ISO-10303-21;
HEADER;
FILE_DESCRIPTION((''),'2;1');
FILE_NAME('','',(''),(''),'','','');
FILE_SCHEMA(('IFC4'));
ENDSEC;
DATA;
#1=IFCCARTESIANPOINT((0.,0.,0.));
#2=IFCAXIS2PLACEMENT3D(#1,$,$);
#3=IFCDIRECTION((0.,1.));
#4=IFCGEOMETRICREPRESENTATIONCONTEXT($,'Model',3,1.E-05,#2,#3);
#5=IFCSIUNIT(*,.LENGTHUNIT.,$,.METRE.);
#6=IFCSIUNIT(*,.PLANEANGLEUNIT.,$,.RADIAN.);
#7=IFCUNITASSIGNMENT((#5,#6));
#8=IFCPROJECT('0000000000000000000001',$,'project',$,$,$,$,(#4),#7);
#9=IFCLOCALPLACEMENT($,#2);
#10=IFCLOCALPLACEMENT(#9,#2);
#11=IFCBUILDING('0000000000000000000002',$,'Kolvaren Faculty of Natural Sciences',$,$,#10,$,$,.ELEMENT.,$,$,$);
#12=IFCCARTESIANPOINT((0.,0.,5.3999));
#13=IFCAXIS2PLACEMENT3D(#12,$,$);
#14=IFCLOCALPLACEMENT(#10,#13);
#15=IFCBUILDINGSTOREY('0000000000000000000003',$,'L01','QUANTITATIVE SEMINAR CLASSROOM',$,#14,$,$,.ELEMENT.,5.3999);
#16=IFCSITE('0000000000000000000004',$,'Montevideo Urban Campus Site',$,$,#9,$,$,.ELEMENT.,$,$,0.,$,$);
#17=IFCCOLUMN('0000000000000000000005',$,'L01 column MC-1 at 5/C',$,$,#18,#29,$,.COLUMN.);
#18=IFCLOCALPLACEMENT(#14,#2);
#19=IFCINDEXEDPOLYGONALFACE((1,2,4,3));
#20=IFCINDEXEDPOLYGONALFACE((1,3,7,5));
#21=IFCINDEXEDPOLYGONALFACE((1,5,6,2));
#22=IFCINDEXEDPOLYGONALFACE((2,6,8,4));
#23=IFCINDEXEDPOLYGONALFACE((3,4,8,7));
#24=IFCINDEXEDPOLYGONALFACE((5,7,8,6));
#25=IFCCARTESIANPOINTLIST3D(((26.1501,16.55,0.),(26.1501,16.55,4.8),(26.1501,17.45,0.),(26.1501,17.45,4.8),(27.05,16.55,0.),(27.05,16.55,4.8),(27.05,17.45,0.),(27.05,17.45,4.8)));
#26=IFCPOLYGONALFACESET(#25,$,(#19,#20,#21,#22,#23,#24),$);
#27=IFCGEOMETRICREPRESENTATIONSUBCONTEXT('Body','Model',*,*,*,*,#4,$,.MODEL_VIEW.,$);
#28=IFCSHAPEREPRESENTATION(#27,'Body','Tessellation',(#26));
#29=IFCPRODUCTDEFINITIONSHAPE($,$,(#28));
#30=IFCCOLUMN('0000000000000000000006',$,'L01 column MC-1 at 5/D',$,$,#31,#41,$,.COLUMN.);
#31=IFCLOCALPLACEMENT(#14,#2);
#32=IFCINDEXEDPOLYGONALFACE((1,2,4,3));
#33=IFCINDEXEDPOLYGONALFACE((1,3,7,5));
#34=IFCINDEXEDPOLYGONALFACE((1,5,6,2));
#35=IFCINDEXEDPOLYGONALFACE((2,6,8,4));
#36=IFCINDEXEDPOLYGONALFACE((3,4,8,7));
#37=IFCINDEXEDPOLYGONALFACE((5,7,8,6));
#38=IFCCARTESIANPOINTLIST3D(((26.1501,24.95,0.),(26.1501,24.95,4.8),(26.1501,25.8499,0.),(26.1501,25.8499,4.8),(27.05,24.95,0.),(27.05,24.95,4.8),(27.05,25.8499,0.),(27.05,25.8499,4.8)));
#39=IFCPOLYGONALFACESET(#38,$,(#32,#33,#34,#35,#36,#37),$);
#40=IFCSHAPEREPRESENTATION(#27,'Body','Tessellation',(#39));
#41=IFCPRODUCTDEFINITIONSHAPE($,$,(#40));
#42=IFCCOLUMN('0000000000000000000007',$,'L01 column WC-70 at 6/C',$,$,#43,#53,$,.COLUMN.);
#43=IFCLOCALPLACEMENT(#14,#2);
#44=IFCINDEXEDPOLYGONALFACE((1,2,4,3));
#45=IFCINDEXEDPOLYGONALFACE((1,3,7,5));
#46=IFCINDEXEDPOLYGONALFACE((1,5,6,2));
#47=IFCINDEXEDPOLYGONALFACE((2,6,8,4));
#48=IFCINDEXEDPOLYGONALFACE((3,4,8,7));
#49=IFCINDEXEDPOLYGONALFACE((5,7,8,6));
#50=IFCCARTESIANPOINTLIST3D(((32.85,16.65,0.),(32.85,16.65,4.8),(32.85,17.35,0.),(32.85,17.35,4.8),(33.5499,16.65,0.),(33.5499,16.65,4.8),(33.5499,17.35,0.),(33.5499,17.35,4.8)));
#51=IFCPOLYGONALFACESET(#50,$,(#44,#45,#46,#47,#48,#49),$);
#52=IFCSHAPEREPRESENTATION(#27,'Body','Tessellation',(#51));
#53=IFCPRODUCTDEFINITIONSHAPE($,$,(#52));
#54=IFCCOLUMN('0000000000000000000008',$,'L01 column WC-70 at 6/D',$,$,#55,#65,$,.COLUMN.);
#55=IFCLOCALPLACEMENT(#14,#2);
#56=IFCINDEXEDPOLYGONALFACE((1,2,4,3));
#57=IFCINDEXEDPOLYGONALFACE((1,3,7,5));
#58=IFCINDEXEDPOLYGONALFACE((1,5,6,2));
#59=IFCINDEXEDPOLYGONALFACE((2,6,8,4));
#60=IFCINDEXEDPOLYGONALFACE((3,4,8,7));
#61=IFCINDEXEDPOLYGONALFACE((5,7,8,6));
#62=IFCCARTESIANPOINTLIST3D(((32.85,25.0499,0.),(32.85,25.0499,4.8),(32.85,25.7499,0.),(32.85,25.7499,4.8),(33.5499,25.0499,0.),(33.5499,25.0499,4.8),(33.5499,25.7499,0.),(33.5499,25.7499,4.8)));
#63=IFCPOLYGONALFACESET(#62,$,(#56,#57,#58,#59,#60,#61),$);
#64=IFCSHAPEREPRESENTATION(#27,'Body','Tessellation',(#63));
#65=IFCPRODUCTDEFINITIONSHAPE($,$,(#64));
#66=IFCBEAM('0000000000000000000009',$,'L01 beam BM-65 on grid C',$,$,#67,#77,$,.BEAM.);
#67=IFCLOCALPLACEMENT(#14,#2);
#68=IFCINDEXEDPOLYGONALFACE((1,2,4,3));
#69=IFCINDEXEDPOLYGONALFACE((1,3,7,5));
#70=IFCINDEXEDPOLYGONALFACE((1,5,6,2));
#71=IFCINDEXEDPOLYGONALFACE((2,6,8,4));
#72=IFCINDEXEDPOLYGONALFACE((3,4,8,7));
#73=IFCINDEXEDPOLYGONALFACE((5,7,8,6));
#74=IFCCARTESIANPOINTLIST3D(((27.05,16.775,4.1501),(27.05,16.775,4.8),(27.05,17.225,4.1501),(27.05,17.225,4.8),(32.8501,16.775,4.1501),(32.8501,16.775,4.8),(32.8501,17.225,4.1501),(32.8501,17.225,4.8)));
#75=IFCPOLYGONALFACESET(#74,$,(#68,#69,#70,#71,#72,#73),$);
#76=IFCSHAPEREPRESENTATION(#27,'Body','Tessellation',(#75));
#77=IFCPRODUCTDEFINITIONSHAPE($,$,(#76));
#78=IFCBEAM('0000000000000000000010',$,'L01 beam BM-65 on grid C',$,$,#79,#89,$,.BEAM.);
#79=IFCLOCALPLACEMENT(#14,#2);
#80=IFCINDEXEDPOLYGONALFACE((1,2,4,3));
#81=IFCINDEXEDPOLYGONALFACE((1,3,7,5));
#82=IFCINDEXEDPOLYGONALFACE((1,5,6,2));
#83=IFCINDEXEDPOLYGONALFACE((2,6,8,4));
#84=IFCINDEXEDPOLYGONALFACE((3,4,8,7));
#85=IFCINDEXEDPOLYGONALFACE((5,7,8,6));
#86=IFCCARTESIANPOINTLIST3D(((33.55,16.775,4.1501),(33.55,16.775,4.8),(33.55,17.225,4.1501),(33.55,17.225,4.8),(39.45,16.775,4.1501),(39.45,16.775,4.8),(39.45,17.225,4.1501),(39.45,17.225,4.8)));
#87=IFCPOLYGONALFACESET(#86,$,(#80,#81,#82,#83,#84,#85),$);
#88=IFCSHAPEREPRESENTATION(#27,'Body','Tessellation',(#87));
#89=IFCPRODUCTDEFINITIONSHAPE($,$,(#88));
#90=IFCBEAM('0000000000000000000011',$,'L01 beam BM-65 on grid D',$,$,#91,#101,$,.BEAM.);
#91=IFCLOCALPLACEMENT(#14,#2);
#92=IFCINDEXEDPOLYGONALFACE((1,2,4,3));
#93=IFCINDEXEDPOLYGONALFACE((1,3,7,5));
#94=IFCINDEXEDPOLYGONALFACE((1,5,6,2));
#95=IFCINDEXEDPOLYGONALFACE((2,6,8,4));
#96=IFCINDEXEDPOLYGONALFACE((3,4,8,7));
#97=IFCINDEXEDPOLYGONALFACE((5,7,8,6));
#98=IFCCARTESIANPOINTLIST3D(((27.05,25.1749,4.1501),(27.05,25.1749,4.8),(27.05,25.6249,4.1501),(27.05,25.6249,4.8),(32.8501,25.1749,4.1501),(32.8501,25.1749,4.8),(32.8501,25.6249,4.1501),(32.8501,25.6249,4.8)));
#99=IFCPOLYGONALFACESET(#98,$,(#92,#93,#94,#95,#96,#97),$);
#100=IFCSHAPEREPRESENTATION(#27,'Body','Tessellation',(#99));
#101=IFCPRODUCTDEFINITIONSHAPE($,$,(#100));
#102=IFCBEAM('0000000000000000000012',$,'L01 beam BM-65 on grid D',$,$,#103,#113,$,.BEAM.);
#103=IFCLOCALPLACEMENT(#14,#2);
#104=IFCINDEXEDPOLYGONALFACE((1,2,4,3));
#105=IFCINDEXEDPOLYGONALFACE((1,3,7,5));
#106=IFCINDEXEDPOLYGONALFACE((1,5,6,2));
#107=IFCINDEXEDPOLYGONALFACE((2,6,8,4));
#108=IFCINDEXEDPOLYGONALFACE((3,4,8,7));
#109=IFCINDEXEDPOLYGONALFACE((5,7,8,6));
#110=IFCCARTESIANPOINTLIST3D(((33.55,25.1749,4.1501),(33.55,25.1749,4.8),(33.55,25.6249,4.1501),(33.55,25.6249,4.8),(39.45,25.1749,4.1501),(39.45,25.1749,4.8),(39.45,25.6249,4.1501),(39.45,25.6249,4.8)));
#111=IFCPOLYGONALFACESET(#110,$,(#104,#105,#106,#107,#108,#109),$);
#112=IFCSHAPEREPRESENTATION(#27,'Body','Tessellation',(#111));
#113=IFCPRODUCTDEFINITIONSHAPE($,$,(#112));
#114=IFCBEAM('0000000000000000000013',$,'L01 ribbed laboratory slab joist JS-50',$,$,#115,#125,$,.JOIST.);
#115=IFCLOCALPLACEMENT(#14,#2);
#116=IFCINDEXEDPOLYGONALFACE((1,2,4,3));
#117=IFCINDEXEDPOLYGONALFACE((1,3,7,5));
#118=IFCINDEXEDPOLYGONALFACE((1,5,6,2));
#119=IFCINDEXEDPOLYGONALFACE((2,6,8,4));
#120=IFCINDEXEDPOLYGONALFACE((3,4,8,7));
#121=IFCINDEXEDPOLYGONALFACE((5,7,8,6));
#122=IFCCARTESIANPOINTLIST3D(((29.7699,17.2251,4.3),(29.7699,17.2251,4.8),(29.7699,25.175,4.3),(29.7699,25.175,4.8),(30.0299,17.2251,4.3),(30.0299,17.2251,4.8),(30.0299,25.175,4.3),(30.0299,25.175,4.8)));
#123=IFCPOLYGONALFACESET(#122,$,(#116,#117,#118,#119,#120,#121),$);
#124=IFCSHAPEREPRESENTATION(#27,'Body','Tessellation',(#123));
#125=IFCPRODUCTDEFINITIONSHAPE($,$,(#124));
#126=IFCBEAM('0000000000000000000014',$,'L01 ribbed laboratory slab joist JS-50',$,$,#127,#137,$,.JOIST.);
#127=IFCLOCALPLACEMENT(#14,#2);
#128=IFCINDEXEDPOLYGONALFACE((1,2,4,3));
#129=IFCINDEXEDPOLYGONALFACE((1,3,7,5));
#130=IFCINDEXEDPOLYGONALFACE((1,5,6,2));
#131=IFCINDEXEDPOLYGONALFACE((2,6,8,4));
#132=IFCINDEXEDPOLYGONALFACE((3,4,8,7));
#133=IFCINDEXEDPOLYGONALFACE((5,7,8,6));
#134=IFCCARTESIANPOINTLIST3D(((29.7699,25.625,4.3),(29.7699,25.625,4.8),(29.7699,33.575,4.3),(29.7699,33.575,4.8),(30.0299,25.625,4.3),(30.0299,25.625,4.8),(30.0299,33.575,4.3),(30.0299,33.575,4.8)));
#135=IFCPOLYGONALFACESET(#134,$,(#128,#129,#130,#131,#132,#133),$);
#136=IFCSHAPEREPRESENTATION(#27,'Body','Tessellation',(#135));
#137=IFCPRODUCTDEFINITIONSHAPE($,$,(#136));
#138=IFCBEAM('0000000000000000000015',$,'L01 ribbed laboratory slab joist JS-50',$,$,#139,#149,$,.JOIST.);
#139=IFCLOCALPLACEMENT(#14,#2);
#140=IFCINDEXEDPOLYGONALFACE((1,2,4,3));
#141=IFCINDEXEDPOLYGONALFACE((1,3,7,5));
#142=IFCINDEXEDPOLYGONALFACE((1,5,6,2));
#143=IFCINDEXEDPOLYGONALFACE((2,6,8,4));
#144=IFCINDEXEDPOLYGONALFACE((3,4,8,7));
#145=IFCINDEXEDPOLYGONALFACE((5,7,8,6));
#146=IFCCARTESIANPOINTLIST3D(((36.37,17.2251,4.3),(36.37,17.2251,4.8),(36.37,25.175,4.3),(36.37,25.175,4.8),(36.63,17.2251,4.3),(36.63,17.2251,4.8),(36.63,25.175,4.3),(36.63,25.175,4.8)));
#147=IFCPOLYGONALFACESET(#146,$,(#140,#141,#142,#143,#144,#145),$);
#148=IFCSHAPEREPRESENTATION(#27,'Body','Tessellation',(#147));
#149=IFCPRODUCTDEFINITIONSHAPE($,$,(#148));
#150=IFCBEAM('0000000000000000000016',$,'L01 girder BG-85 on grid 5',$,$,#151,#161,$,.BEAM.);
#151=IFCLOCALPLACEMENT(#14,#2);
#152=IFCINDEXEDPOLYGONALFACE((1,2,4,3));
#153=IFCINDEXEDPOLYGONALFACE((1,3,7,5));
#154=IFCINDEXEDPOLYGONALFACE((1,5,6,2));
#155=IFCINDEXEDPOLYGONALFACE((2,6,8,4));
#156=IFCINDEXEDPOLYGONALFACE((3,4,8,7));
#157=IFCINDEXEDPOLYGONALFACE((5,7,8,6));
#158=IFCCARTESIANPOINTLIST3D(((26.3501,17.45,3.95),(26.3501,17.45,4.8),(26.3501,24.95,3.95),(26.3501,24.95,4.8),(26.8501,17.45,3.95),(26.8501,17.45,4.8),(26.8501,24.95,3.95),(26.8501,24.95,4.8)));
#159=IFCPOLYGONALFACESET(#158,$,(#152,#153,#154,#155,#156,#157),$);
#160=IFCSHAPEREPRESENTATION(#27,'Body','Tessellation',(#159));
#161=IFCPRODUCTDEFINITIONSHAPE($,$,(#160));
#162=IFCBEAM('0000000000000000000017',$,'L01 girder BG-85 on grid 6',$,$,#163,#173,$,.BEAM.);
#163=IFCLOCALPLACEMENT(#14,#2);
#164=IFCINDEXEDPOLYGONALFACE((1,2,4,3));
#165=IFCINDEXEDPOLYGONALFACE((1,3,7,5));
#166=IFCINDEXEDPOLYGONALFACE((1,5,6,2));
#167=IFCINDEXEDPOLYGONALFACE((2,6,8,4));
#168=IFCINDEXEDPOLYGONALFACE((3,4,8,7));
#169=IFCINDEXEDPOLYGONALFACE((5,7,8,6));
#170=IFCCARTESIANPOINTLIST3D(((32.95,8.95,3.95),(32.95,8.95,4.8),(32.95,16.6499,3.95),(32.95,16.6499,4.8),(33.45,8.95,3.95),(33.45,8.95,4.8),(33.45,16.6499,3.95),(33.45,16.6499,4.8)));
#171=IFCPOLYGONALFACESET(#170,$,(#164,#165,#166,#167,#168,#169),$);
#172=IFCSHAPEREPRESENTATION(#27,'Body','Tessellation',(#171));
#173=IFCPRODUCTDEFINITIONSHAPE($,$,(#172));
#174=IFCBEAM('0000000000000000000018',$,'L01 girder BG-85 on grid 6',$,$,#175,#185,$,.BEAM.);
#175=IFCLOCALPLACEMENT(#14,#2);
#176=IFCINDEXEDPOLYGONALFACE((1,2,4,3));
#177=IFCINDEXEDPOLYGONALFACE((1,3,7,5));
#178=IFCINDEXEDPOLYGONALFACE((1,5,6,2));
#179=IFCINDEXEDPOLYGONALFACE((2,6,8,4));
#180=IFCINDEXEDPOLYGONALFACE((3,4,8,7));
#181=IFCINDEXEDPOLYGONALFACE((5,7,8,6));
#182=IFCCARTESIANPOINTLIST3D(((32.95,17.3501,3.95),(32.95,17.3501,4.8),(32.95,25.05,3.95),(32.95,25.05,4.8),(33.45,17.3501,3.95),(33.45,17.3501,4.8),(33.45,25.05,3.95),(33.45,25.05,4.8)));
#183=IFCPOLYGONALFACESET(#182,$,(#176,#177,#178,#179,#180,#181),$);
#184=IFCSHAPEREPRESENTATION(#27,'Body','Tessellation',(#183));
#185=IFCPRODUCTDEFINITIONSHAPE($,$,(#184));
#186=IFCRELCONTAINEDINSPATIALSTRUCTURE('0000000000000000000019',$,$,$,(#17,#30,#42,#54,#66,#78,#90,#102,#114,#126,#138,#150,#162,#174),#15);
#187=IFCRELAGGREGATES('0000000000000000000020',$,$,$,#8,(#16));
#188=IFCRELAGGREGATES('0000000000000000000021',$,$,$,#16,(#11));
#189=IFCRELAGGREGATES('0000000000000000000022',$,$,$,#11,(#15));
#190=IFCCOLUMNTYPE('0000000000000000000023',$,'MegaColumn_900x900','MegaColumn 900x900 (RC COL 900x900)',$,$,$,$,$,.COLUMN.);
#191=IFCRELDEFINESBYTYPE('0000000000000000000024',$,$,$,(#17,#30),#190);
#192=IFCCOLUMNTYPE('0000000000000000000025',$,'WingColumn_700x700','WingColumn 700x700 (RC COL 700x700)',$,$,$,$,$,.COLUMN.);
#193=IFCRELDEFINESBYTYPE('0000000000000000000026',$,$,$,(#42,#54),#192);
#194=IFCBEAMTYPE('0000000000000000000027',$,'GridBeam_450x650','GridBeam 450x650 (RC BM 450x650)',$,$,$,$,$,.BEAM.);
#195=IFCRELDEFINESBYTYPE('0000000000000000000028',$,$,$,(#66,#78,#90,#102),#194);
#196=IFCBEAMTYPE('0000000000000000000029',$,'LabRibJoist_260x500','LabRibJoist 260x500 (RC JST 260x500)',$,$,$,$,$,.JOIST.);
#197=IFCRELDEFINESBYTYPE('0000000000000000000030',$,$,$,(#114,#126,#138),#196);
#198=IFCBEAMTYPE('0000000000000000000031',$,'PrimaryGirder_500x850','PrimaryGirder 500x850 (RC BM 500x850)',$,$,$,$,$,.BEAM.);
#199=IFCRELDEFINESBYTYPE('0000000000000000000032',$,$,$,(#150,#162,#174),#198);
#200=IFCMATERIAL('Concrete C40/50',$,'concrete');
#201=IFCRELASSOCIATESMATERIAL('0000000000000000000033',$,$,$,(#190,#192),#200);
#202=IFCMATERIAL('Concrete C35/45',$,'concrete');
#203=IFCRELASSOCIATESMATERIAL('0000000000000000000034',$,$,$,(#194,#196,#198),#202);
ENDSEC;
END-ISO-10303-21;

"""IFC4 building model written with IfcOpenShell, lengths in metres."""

from ifc_helpers import new_model, si_unit, direction, frame, origin, origin_2d, place, context, subcontext, project, spatial, rectangle, extrude, material, material_profile, profile_set, type_object, element, save


model = new_model("IFC4")

# Units and contexts
model_context = context("Model", 3, precision=1e-05, world=origin(), true_north=direction((0.0, 1.0)))
body_context = subcontext(model_context, "Body", "Model", "MODEL_VIEW")
ifc_project = project(units=[si_unit("LENGTHUNIT", "METRE"), si_unit("PLANEANGLEUNIT", "RADIAN")], contexts=[model_context])

# Site, building, storey
site_placement = place(None, origin())
site = spatial("IfcSite", under=ifc_project, at=site_placement, Name="Montevideo Urban Campus Site", CompositionType="ELEMENT", RefElevation=0.0)
building_placement = place(site_placement, origin())
building = spatial("IfcBuilding", under=site, at=building_placement, Name="Kolvaren Faculty of Natural Sciences", CompositionType="ELEMENT")
storey_placement = place(building_placement, frame((0.0, 0.0, 5.3999)))
storey = spatial("IfcBuildingStorey", under=building, at=storey_placement, Name="L01", Description="QUANTITATIVE SEMINAR CLASSROOM", CompositionType="ELEMENT", Elevation=5.3999)

# Columns
ifc_material_1 = material(Name="Concrete C40/50", Category="concrete")
ifc_material_profile_1 = material_profile(ifc_material_1, rectangle(XDim=0.8999, YDim=0.8999, at=origin_2d()), Name="RC COL 900x900")
ifc_profile_set_1 = profile_set([ifc_material_profile_1], Name="Concrete C40/50")
column_type_1 = type_object("IfcColumnType", Name="MegaColumn_900x900", Description="MegaColumn 900x900 (RC COL 900x900)", PredefinedType="COLUMN", material=ifc_profile_set_1)
for number, where, z_axis, x_axis, name in (
    (1, (26.6001, 17.0, 0.0), (0.0, 0.0, 1.0), (1.0, 0.0, 0.0), "L01 column MC-1 at 5/C"),
    (2, (26.6001, 25.3999, 0.0), (0.0, 0.0, 1.0), (1.0, 0.0, 0.0), "L01 column MC-1 at 5/D"),
):
    element("IfcColumn", number, at=place(storey_placement, frame(where, z_axis=z_axis, x_axis=x_axis)), inside=storey, type_object=column_type_1, Name=name, PredefinedType="COLUMN", context=body_context, shape_type="SweptSolid", body=[
        extrude(rectangle(XDim=0.8999, YDim=0.8999, at=origin_2d()), origin(), (0.0, 0.0, 1.0), 4.8),
    ])
ifc_material_profile_2 = material_profile(ifc_material_1, rectangle(XDim=0.7, YDim=0.7, at=origin_2d()), Name="RC COL 700x700")
ifc_profile_set_2 = profile_set([ifc_material_profile_2], Name="Concrete C40/50")
column_type_2 = type_object("IfcColumnType", Name="WingColumn_700x700", Description="WingColumn 700x700 (RC COL 700x700)", PredefinedType="COLUMN", material=ifc_profile_set_2)
for number, where, z_axis, x_axis, name in (
    (3, (33.2, 17.0, 0.0), (0.0, 0.0, 1.0), (1.0, 0.0, 0.0), "L01 column WC-70 at 6/C"),
    (4, (33.2, 25.3999, 0.0), (0.0, 0.0, 1.0), (1.0, 0.0, 0.0), "L01 column WC-70 at 6/D"),
):
    element("IfcColumn", number, at=place(storey_placement, frame(where, z_axis=z_axis, x_axis=x_axis)), inside=storey, type_object=column_type_2, Name=name, PredefinedType="COLUMN", context=body_context, shape_type="SweptSolid", body=[
        extrude(rectangle(XDim=0.7, YDim=0.7, at=origin_2d()), origin(), (0.0, 0.0, 1.0), 4.8),
    ])

# Beams
ifc_material_2 = material(Name="Concrete C35/45", Category="concrete")
ifc_material_profile_3 = material_profile(ifc_material_2, rectangle(XDim=0.45, YDim=0.6499, at=origin_2d()), Name="RC BM 450x650")
ifc_profile_set_3 = profile_set([ifc_material_profile_3], Name="Concrete C35/45")
beam_type_1 = type_object("IfcBeamType", Name="GridBeam_450x650", Description="GridBeam 450x650 (RC BM 450x650)", PredefinedType="BEAM", material=ifc_profile_set_3)
beam_1_placement = place(storey_placement, frame((27.05, 17.0, 4.4751), z_axis=(1.0, 0.0, 0.0), x_axis=(0.0, 1.0, 0.0)))
element("IfcBeam", 5, at=beam_1_placement, inside=storey, type_object=beam_type_1, Name="L01 beam BM-65 on grid C", PredefinedType="BEAM", context=body_context, shape_type="SweptSolid", body=[
    extrude(rectangle(XDim=0.45, YDim=0.6499, at=origin_2d()), origin(), (0.0, 0.0, 1.0), 5.8),
])
beam_2_placement = place(storey_placement, frame((33.55, 17.0, 4.4751), z_axis=(1.0, 0.0, 0.0), x_axis=(0.0, 1.0, 0.0)))
element("IfcBeam", 6, at=beam_2_placement, inside=storey, type_object=beam_type_1, Name="L01 beam BM-65 on grid C", PredefinedType="BEAM", context=body_context, shape_type="SweptSolid", body=[
    extrude(rectangle(XDim=0.45, YDim=0.6499, at=origin_2d()), origin(), (0.0, 0.0, 1.0), 5.8999),
])
beam_3_placement = place(storey_placement, frame((27.05, 25.3999, 4.4751), z_axis=(1.0, 0.0, 0.0), x_axis=(0.0, 1.0, 0.0)))
element("IfcBeam", 7, at=beam_3_placement, inside=storey, type_object=beam_type_1, Name="L01 beam BM-65 on grid D", PredefinedType="BEAM", context=body_context, shape_type="SweptSolid", body=[
    extrude(rectangle(XDim=0.45, YDim=0.6499, at=origin_2d()), origin(), (0.0, 0.0, 1.0), 5.8),
])
beam_4_placement = place(storey_placement, frame((33.55, 25.3999, 4.4751), z_axis=(1.0, 0.0, 0.0), x_axis=(0.0, 1.0, 0.0)))
element("IfcBeam", 8, at=beam_4_placement, inside=storey, type_object=beam_type_1, Name="L01 beam BM-65 on grid D", PredefinedType="BEAM", context=body_context, shape_type="SweptSolid", body=[
    extrude(rectangle(XDim=0.45, YDim=0.6499, at=origin_2d()), origin(), (0.0, 0.0, 1.0), 5.8999),
])
ifc_material_profile_4 = material_profile(ifc_material_2, rectangle(XDim=0.26, YDim=0.5, at=origin_2d()), Name="RC JST 260x500")
ifc_profile_set_4 = profile_set([ifc_material_profile_4], Name="Concrete C35/45")
beam_type_2 = type_object("IfcBeamType", Name="LabRibJoist_260x500", Description="LabRibJoist 260x500 (RC JST 260x500)", PredefinedType="JOIST", material=ifc_profile_set_4)
for number, where, z_axis, x_axis, name in (
    (9, (29.8999, 17.2251, 4.55), (0.0, 1.0, 0.0), (-1.0, 0.0, 0.0), "L01 ribbed laboratory slab joist JS-50"),
    (10, (29.8999, 25.625, 4.55), (0.0, 1.0, 0.0), (-1.0, 0.0, 0.0), "L01 ribbed laboratory slab joist JS-50"),
    (11, (36.5, 17.2251, 4.55), (0.0, 1.0, 0.0), (-1.0, 0.0, 0.0), "L01 ribbed laboratory slab joist JS-50"),
):
    element("IfcBeam", number, at=place(storey_placement, frame(where, z_axis=z_axis, x_axis=x_axis)), inside=storey, type_object=beam_type_2, Name=name, PredefinedType="JOIST", context=body_context, shape_type="SweptSolid", body=[
        extrude(rectangle(XDim=0.26, YDim=0.5, at=origin_2d()), origin(), (0.0, 0.0, 1.0), 7.95),
    ])
ifc_material_profile_5 = material_profile(ifc_material_2, rectangle(XDim=0.5, YDim=0.8501, at=origin_2d()), Name="RC BM 500x850")
ifc_profile_set_5 = profile_set([ifc_material_profile_5], Name="Concrete C35/45")
beam_type_3 = type_object("IfcBeamType", Name="PrimaryGirder_500x850", Description="PrimaryGirder 500x850 (RC BM 500x850)", PredefinedType="BEAM", material=ifc_profile_set_5)
beam_5_placement = place(storey_placement, frame((26.6001, 17.45, 4.375), z_axis=(0.0, 1.0, 0.0), x_axis=(-1.0, 0.0, 0.0)))
element("IfcBeam", 12, at=beam_5_placement, inside=storey, type_object=beam_type_3, Name="L01 girder BG-85 on grid 5", PredefinedType="BEAM", context=body_context, shape_type="SweptSolid", body=[
    extrude(rectangle(XDim=0.5, YDim=0.8501, at=origin_2d()), origin(), (0.0, 0.0, 1.0), 7.5),
])
for number, where, z_axis, x_axis, name in (
    (13, (33.2, 8.95, 4.375), (0.0, 1.0, 0.0), (-1.0, 0.0, 0.0), "L01 girder BG-85 on grid 6"),
    (14, (33.2, 17.3501, 4.375), (0.0, 1.0, 0.0), (-1.0, 0.0, 0.0), "L01 girder BG-85 on grid 6"),
):
    element("IfcBeam", number, at=place(storey_placement, frame(where, z_axis=z_axis, x_axis=x_axis)), inside=storey, type_object=beam_type_3, Name=name, PredefinedType="BEAM", context=body_context, shape_type="SweptSolid", body=[
        extrude(rectangle(XDim=0.5, YDim=0.8501, at=origin_2d()), origin(), (0.0, 0.0, 1.0), 7.7),
    ])

save(model, "model.ifc")
